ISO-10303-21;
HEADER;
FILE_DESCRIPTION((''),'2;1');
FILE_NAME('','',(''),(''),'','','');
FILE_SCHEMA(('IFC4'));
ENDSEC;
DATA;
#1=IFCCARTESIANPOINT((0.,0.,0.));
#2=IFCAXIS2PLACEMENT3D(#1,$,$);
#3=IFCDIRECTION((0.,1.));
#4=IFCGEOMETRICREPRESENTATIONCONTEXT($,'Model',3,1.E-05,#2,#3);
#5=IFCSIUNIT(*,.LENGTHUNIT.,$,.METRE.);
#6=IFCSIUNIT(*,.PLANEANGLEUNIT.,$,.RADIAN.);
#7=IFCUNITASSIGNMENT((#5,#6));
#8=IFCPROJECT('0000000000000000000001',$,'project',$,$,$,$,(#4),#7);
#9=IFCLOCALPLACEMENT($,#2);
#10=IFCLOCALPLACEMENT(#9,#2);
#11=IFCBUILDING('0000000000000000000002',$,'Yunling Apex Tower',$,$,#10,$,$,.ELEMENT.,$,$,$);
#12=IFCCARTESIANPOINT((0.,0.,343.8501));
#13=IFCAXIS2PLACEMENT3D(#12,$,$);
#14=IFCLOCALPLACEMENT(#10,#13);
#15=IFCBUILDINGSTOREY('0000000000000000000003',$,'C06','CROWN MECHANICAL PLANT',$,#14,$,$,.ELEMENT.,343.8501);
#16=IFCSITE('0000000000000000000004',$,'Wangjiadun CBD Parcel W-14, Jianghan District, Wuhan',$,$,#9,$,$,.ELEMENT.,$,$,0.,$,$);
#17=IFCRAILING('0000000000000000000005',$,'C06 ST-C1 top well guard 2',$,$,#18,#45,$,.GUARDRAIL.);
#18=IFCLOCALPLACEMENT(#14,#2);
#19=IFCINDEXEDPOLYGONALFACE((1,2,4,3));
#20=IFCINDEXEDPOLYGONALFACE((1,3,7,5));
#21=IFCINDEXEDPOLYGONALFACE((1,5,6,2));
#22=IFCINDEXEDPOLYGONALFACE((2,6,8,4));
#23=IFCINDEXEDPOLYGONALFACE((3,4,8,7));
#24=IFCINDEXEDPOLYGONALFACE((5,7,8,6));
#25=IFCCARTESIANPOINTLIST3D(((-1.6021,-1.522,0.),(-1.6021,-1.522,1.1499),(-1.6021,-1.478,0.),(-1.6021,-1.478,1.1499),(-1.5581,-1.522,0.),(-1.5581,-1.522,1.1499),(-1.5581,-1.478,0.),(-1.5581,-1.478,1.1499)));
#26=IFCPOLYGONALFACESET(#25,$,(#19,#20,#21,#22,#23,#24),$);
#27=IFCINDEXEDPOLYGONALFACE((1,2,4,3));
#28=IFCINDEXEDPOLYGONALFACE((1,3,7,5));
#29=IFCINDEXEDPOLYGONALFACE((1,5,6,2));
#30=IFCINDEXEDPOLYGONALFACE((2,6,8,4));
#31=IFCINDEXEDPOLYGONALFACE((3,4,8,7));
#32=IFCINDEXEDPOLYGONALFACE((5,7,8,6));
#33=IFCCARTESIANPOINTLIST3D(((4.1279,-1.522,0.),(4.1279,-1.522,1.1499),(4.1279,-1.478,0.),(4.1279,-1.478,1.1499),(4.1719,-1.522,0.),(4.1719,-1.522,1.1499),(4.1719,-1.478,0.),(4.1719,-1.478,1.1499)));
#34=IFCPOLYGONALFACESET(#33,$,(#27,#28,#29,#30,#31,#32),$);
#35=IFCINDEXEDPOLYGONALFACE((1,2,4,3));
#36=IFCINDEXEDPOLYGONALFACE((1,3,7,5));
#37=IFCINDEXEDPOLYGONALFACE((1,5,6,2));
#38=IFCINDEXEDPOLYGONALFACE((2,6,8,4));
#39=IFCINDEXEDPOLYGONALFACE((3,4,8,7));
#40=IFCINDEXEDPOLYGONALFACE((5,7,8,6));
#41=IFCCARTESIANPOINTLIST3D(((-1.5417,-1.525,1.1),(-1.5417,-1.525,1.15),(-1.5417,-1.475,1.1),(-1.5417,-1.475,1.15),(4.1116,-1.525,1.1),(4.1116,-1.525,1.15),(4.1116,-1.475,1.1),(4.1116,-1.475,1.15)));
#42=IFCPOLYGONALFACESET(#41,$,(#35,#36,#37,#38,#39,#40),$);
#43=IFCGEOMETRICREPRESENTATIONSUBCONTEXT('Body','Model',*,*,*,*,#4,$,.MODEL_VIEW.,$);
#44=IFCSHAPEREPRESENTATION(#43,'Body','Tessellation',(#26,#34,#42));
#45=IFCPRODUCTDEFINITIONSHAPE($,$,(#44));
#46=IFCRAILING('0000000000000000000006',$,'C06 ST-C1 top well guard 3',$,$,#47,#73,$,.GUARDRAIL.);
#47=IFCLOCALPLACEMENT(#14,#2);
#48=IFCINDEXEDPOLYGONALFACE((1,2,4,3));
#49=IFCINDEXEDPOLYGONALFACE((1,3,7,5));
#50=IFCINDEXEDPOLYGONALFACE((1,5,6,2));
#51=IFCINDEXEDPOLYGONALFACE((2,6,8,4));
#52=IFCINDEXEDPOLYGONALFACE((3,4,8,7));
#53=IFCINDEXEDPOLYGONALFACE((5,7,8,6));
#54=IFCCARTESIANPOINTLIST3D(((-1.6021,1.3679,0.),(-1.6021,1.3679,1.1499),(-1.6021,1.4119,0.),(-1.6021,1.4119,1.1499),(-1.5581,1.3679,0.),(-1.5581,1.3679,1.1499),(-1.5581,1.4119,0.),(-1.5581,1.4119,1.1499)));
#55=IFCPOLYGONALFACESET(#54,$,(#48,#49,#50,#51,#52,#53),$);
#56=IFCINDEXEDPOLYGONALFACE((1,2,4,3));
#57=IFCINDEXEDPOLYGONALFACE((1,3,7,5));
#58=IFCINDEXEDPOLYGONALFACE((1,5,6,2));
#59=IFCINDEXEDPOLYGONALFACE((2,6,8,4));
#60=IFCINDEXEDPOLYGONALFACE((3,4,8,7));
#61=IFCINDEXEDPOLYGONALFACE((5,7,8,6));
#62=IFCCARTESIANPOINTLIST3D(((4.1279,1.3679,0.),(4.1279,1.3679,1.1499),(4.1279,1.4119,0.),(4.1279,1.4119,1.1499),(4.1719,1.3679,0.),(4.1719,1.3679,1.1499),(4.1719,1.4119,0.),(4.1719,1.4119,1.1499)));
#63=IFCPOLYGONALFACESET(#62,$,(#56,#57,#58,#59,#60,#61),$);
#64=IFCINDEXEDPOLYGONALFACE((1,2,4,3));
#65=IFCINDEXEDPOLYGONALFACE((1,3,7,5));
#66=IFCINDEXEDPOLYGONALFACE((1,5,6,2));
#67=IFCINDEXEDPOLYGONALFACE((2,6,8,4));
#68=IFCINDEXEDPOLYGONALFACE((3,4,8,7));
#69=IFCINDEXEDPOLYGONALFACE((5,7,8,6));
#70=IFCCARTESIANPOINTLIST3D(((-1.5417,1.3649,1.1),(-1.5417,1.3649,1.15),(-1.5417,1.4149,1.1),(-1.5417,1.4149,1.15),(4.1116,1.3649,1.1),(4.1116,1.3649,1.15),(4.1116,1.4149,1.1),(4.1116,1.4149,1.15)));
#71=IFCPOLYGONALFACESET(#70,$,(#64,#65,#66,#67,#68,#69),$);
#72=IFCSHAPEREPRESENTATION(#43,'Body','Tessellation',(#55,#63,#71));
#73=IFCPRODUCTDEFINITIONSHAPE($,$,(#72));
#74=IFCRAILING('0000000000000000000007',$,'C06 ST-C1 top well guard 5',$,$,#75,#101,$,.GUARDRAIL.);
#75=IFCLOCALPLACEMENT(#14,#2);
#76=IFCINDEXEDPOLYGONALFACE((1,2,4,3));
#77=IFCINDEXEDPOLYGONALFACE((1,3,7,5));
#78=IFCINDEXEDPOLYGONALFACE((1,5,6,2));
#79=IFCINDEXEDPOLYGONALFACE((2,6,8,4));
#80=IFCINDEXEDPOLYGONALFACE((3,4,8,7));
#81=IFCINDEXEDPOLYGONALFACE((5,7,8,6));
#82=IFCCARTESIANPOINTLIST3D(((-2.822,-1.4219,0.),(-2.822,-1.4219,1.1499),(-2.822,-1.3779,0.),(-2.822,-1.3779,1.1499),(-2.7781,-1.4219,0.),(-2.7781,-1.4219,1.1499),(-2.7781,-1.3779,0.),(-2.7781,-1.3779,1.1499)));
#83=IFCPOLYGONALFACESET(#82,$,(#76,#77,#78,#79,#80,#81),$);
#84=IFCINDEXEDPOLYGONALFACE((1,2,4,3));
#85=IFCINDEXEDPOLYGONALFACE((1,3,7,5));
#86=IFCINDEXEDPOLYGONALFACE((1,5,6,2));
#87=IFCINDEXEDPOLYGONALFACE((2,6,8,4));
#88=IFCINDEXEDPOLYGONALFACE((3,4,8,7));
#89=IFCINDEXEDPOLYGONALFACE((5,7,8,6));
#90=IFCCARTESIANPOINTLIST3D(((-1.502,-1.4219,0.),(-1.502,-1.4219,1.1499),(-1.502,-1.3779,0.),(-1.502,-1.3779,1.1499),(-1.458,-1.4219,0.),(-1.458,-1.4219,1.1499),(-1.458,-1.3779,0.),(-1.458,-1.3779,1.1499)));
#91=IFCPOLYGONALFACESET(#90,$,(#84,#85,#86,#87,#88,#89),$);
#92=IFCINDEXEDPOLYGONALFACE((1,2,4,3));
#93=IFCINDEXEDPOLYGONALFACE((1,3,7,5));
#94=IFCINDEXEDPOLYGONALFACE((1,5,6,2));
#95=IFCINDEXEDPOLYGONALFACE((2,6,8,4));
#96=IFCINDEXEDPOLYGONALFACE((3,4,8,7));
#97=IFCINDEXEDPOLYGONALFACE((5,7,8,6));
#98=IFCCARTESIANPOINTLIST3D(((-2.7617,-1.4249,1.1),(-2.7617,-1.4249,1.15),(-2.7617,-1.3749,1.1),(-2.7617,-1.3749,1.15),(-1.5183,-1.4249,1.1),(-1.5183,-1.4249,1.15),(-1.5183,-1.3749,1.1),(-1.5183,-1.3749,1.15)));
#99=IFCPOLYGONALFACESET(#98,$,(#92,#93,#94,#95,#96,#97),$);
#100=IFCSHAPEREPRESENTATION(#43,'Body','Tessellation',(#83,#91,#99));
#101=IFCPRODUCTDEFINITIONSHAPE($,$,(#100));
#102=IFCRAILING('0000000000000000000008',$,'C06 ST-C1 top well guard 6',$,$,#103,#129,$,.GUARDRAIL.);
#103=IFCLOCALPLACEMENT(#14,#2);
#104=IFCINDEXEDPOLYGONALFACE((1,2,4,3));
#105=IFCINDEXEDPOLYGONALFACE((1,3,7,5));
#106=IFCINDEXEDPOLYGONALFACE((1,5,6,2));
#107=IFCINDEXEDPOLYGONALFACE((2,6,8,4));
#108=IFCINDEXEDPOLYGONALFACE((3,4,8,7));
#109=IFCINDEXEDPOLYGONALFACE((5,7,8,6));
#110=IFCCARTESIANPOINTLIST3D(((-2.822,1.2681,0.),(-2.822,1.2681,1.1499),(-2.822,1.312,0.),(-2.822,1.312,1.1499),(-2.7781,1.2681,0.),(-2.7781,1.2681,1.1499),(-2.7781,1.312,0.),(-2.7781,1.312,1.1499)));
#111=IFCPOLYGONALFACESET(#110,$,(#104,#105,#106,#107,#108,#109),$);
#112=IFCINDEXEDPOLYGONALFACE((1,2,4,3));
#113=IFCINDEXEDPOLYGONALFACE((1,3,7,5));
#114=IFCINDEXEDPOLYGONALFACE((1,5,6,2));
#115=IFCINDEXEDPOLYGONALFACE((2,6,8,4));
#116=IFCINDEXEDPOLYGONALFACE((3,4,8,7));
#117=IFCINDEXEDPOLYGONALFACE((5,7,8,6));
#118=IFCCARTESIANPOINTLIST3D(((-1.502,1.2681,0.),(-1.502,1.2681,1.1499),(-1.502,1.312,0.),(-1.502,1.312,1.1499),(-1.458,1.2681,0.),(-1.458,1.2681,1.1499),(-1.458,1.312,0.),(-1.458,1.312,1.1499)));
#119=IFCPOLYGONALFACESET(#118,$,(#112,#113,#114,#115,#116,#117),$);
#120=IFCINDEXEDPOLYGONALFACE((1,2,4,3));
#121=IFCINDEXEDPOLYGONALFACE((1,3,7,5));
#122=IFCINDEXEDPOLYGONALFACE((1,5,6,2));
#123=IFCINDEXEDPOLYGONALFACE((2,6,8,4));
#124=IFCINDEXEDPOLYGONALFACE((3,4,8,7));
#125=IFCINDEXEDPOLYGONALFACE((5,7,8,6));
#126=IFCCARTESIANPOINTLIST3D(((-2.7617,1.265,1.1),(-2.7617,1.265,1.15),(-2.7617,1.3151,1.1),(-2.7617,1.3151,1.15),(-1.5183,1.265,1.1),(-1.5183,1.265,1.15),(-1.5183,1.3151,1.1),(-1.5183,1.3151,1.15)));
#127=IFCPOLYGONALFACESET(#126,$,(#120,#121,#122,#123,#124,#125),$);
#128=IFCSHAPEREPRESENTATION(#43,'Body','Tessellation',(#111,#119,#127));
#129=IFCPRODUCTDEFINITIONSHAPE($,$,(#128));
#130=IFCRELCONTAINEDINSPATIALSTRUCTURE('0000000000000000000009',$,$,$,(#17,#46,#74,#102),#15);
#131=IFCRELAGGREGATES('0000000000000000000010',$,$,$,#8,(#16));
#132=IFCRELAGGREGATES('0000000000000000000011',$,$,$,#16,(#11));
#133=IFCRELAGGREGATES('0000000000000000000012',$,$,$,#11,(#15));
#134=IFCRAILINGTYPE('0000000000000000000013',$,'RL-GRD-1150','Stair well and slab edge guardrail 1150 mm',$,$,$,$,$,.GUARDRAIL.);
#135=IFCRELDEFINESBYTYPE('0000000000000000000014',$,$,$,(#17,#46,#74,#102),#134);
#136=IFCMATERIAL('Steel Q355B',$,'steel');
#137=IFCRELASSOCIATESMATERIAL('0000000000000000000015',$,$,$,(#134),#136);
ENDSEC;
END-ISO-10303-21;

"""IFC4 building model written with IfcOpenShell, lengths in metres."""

from ifc_helpers import new_model, si_unit, direction, frame, origin, origin_2d, place, context, subcontext, project, spatial, rectangle, extrude, material, type_object, element, save


model = new_model("IFC4")

# Units and contexts
model_context = context("Model", 3, precision=1e-05, world=origin(), true_north=direction((0.0, 1.0)))
body_context = subcontext(model_context, "Body", "Model", "MODEL_VIEW")
ifc_project = project(units=[si_unit("LENGTHUNIT", "METRE"), si_unit("PLANEANGLEUNIT", "RADIAN")], contexts=[model_context])

# Site, building, storey
site_placement = place(None, origin())
site = spatial("IfcSite", under=ifc_project, at=site_placement, Name="Wangjiadun CBD Parcel W-14, Jianghan District, Wuhan", CompositionType="ELEMENT", RefElevation=0.0)
building_placement = place(site_placement, origin())
building = spatial("IfcBuilding", under=site, at=building_placement, Name="Yunling Apex Tower", CompositionType="ELEMENT")
storey_placement = place(building_placement, frame((0.0, 0.0, 343.8501)))
storey = spatial("IfcBuildingStorey", under=building, at=storey_placement, Name="C06", Description="CROWN MECHANICAL PLANT", CompositionType="ELEMENT", Elevation=343.8501)

# Shared definitions
ifc_material_1 = material(Name="Steel Q355B", Category="steel")

# Railings
railing_type_1 = type_object("IfcRailingType", Name="RL-GRD-1150", Description="Stair well and slab edge guardrail 1150 mm", PredefinedType="GUARDRAIL", material=ifc_material_1)
for number, where, name in (
    (1, (-1.5801, -1.5, 0.0), "C06 ST-C1 top well guard 2"),
    (2, (-1.5801, 1.3899, 0.0), "C06 ST-C1 top well guard 3"),
):
    element("IfcRailing", number, at=place(storey_placement, frame(where)), inside=storey, type_object=railing_type_1, Name=name, PredefinedType="GUARDRAIL", context=body_context, shape_type="SweptSolid", body=[
        extrude(rectangle(XDim=0.0439, YDim=0.0439, at=origin_2d()), origin(), (0.0, 0.0, 1.0), 1.1499),
        extrude(rectangle(XDim=0.0439, YDim=0.0439, at=origin_2d()), frame((5.73, 0.0, 0.0)), (0.0, 0.0, 1.0), 1.1499),
        extrude(rectangle(XDim=0.05, YDim=0.05, at=origin_2d()), frame((0.0383, 0.0, 1.125), z_axis=(1.0, 0.0, 0.0), x_axis=(0.0, 1.0, 0.0)), (0.0, 0.0, 1.0), 5.6533),
    ])
for number, where, name in (
    (3, (-2.8, -1.3999, 0.0), "C06 ST-C1 top well guard 5"),
    (4, (-2.8, 1.29, 0.0), "C06 ST-C1 top well guard 6"),
):
    element("IfcRailing", number, at=place(storey_placement, frame(where)), inside=storey, type_object=railing_type_1, Name=name, PredefinedType="GUARDRAIL", context=body_context, shape_type="SweptSolid", body=[
        extrude(rectangle(XDim=0.0439, YDim=0.0439, at=origin_2d()), origin(), (0.0, 0.0, 1.0), 1.1499),
        extrude(rectangle(XDim=0.0439, YDim=0.0439, at=origin_2d()), frame((1.3201, 0.0, 0.0)), (0.0, 0.0, 1.0), 1.1499),
        extrude(rectangle(XDim=0.05, YDim=0.05, at=origin_2d()), frame((0.0383, 0.0, 1.125), z_axis=(1.0, 0.0, 0.0), x_axis=(0.0, 1.0, 0.0)), (0.0, 0.0, 1.0), 1.2434),
    ])

save(model, "model.ifc")
